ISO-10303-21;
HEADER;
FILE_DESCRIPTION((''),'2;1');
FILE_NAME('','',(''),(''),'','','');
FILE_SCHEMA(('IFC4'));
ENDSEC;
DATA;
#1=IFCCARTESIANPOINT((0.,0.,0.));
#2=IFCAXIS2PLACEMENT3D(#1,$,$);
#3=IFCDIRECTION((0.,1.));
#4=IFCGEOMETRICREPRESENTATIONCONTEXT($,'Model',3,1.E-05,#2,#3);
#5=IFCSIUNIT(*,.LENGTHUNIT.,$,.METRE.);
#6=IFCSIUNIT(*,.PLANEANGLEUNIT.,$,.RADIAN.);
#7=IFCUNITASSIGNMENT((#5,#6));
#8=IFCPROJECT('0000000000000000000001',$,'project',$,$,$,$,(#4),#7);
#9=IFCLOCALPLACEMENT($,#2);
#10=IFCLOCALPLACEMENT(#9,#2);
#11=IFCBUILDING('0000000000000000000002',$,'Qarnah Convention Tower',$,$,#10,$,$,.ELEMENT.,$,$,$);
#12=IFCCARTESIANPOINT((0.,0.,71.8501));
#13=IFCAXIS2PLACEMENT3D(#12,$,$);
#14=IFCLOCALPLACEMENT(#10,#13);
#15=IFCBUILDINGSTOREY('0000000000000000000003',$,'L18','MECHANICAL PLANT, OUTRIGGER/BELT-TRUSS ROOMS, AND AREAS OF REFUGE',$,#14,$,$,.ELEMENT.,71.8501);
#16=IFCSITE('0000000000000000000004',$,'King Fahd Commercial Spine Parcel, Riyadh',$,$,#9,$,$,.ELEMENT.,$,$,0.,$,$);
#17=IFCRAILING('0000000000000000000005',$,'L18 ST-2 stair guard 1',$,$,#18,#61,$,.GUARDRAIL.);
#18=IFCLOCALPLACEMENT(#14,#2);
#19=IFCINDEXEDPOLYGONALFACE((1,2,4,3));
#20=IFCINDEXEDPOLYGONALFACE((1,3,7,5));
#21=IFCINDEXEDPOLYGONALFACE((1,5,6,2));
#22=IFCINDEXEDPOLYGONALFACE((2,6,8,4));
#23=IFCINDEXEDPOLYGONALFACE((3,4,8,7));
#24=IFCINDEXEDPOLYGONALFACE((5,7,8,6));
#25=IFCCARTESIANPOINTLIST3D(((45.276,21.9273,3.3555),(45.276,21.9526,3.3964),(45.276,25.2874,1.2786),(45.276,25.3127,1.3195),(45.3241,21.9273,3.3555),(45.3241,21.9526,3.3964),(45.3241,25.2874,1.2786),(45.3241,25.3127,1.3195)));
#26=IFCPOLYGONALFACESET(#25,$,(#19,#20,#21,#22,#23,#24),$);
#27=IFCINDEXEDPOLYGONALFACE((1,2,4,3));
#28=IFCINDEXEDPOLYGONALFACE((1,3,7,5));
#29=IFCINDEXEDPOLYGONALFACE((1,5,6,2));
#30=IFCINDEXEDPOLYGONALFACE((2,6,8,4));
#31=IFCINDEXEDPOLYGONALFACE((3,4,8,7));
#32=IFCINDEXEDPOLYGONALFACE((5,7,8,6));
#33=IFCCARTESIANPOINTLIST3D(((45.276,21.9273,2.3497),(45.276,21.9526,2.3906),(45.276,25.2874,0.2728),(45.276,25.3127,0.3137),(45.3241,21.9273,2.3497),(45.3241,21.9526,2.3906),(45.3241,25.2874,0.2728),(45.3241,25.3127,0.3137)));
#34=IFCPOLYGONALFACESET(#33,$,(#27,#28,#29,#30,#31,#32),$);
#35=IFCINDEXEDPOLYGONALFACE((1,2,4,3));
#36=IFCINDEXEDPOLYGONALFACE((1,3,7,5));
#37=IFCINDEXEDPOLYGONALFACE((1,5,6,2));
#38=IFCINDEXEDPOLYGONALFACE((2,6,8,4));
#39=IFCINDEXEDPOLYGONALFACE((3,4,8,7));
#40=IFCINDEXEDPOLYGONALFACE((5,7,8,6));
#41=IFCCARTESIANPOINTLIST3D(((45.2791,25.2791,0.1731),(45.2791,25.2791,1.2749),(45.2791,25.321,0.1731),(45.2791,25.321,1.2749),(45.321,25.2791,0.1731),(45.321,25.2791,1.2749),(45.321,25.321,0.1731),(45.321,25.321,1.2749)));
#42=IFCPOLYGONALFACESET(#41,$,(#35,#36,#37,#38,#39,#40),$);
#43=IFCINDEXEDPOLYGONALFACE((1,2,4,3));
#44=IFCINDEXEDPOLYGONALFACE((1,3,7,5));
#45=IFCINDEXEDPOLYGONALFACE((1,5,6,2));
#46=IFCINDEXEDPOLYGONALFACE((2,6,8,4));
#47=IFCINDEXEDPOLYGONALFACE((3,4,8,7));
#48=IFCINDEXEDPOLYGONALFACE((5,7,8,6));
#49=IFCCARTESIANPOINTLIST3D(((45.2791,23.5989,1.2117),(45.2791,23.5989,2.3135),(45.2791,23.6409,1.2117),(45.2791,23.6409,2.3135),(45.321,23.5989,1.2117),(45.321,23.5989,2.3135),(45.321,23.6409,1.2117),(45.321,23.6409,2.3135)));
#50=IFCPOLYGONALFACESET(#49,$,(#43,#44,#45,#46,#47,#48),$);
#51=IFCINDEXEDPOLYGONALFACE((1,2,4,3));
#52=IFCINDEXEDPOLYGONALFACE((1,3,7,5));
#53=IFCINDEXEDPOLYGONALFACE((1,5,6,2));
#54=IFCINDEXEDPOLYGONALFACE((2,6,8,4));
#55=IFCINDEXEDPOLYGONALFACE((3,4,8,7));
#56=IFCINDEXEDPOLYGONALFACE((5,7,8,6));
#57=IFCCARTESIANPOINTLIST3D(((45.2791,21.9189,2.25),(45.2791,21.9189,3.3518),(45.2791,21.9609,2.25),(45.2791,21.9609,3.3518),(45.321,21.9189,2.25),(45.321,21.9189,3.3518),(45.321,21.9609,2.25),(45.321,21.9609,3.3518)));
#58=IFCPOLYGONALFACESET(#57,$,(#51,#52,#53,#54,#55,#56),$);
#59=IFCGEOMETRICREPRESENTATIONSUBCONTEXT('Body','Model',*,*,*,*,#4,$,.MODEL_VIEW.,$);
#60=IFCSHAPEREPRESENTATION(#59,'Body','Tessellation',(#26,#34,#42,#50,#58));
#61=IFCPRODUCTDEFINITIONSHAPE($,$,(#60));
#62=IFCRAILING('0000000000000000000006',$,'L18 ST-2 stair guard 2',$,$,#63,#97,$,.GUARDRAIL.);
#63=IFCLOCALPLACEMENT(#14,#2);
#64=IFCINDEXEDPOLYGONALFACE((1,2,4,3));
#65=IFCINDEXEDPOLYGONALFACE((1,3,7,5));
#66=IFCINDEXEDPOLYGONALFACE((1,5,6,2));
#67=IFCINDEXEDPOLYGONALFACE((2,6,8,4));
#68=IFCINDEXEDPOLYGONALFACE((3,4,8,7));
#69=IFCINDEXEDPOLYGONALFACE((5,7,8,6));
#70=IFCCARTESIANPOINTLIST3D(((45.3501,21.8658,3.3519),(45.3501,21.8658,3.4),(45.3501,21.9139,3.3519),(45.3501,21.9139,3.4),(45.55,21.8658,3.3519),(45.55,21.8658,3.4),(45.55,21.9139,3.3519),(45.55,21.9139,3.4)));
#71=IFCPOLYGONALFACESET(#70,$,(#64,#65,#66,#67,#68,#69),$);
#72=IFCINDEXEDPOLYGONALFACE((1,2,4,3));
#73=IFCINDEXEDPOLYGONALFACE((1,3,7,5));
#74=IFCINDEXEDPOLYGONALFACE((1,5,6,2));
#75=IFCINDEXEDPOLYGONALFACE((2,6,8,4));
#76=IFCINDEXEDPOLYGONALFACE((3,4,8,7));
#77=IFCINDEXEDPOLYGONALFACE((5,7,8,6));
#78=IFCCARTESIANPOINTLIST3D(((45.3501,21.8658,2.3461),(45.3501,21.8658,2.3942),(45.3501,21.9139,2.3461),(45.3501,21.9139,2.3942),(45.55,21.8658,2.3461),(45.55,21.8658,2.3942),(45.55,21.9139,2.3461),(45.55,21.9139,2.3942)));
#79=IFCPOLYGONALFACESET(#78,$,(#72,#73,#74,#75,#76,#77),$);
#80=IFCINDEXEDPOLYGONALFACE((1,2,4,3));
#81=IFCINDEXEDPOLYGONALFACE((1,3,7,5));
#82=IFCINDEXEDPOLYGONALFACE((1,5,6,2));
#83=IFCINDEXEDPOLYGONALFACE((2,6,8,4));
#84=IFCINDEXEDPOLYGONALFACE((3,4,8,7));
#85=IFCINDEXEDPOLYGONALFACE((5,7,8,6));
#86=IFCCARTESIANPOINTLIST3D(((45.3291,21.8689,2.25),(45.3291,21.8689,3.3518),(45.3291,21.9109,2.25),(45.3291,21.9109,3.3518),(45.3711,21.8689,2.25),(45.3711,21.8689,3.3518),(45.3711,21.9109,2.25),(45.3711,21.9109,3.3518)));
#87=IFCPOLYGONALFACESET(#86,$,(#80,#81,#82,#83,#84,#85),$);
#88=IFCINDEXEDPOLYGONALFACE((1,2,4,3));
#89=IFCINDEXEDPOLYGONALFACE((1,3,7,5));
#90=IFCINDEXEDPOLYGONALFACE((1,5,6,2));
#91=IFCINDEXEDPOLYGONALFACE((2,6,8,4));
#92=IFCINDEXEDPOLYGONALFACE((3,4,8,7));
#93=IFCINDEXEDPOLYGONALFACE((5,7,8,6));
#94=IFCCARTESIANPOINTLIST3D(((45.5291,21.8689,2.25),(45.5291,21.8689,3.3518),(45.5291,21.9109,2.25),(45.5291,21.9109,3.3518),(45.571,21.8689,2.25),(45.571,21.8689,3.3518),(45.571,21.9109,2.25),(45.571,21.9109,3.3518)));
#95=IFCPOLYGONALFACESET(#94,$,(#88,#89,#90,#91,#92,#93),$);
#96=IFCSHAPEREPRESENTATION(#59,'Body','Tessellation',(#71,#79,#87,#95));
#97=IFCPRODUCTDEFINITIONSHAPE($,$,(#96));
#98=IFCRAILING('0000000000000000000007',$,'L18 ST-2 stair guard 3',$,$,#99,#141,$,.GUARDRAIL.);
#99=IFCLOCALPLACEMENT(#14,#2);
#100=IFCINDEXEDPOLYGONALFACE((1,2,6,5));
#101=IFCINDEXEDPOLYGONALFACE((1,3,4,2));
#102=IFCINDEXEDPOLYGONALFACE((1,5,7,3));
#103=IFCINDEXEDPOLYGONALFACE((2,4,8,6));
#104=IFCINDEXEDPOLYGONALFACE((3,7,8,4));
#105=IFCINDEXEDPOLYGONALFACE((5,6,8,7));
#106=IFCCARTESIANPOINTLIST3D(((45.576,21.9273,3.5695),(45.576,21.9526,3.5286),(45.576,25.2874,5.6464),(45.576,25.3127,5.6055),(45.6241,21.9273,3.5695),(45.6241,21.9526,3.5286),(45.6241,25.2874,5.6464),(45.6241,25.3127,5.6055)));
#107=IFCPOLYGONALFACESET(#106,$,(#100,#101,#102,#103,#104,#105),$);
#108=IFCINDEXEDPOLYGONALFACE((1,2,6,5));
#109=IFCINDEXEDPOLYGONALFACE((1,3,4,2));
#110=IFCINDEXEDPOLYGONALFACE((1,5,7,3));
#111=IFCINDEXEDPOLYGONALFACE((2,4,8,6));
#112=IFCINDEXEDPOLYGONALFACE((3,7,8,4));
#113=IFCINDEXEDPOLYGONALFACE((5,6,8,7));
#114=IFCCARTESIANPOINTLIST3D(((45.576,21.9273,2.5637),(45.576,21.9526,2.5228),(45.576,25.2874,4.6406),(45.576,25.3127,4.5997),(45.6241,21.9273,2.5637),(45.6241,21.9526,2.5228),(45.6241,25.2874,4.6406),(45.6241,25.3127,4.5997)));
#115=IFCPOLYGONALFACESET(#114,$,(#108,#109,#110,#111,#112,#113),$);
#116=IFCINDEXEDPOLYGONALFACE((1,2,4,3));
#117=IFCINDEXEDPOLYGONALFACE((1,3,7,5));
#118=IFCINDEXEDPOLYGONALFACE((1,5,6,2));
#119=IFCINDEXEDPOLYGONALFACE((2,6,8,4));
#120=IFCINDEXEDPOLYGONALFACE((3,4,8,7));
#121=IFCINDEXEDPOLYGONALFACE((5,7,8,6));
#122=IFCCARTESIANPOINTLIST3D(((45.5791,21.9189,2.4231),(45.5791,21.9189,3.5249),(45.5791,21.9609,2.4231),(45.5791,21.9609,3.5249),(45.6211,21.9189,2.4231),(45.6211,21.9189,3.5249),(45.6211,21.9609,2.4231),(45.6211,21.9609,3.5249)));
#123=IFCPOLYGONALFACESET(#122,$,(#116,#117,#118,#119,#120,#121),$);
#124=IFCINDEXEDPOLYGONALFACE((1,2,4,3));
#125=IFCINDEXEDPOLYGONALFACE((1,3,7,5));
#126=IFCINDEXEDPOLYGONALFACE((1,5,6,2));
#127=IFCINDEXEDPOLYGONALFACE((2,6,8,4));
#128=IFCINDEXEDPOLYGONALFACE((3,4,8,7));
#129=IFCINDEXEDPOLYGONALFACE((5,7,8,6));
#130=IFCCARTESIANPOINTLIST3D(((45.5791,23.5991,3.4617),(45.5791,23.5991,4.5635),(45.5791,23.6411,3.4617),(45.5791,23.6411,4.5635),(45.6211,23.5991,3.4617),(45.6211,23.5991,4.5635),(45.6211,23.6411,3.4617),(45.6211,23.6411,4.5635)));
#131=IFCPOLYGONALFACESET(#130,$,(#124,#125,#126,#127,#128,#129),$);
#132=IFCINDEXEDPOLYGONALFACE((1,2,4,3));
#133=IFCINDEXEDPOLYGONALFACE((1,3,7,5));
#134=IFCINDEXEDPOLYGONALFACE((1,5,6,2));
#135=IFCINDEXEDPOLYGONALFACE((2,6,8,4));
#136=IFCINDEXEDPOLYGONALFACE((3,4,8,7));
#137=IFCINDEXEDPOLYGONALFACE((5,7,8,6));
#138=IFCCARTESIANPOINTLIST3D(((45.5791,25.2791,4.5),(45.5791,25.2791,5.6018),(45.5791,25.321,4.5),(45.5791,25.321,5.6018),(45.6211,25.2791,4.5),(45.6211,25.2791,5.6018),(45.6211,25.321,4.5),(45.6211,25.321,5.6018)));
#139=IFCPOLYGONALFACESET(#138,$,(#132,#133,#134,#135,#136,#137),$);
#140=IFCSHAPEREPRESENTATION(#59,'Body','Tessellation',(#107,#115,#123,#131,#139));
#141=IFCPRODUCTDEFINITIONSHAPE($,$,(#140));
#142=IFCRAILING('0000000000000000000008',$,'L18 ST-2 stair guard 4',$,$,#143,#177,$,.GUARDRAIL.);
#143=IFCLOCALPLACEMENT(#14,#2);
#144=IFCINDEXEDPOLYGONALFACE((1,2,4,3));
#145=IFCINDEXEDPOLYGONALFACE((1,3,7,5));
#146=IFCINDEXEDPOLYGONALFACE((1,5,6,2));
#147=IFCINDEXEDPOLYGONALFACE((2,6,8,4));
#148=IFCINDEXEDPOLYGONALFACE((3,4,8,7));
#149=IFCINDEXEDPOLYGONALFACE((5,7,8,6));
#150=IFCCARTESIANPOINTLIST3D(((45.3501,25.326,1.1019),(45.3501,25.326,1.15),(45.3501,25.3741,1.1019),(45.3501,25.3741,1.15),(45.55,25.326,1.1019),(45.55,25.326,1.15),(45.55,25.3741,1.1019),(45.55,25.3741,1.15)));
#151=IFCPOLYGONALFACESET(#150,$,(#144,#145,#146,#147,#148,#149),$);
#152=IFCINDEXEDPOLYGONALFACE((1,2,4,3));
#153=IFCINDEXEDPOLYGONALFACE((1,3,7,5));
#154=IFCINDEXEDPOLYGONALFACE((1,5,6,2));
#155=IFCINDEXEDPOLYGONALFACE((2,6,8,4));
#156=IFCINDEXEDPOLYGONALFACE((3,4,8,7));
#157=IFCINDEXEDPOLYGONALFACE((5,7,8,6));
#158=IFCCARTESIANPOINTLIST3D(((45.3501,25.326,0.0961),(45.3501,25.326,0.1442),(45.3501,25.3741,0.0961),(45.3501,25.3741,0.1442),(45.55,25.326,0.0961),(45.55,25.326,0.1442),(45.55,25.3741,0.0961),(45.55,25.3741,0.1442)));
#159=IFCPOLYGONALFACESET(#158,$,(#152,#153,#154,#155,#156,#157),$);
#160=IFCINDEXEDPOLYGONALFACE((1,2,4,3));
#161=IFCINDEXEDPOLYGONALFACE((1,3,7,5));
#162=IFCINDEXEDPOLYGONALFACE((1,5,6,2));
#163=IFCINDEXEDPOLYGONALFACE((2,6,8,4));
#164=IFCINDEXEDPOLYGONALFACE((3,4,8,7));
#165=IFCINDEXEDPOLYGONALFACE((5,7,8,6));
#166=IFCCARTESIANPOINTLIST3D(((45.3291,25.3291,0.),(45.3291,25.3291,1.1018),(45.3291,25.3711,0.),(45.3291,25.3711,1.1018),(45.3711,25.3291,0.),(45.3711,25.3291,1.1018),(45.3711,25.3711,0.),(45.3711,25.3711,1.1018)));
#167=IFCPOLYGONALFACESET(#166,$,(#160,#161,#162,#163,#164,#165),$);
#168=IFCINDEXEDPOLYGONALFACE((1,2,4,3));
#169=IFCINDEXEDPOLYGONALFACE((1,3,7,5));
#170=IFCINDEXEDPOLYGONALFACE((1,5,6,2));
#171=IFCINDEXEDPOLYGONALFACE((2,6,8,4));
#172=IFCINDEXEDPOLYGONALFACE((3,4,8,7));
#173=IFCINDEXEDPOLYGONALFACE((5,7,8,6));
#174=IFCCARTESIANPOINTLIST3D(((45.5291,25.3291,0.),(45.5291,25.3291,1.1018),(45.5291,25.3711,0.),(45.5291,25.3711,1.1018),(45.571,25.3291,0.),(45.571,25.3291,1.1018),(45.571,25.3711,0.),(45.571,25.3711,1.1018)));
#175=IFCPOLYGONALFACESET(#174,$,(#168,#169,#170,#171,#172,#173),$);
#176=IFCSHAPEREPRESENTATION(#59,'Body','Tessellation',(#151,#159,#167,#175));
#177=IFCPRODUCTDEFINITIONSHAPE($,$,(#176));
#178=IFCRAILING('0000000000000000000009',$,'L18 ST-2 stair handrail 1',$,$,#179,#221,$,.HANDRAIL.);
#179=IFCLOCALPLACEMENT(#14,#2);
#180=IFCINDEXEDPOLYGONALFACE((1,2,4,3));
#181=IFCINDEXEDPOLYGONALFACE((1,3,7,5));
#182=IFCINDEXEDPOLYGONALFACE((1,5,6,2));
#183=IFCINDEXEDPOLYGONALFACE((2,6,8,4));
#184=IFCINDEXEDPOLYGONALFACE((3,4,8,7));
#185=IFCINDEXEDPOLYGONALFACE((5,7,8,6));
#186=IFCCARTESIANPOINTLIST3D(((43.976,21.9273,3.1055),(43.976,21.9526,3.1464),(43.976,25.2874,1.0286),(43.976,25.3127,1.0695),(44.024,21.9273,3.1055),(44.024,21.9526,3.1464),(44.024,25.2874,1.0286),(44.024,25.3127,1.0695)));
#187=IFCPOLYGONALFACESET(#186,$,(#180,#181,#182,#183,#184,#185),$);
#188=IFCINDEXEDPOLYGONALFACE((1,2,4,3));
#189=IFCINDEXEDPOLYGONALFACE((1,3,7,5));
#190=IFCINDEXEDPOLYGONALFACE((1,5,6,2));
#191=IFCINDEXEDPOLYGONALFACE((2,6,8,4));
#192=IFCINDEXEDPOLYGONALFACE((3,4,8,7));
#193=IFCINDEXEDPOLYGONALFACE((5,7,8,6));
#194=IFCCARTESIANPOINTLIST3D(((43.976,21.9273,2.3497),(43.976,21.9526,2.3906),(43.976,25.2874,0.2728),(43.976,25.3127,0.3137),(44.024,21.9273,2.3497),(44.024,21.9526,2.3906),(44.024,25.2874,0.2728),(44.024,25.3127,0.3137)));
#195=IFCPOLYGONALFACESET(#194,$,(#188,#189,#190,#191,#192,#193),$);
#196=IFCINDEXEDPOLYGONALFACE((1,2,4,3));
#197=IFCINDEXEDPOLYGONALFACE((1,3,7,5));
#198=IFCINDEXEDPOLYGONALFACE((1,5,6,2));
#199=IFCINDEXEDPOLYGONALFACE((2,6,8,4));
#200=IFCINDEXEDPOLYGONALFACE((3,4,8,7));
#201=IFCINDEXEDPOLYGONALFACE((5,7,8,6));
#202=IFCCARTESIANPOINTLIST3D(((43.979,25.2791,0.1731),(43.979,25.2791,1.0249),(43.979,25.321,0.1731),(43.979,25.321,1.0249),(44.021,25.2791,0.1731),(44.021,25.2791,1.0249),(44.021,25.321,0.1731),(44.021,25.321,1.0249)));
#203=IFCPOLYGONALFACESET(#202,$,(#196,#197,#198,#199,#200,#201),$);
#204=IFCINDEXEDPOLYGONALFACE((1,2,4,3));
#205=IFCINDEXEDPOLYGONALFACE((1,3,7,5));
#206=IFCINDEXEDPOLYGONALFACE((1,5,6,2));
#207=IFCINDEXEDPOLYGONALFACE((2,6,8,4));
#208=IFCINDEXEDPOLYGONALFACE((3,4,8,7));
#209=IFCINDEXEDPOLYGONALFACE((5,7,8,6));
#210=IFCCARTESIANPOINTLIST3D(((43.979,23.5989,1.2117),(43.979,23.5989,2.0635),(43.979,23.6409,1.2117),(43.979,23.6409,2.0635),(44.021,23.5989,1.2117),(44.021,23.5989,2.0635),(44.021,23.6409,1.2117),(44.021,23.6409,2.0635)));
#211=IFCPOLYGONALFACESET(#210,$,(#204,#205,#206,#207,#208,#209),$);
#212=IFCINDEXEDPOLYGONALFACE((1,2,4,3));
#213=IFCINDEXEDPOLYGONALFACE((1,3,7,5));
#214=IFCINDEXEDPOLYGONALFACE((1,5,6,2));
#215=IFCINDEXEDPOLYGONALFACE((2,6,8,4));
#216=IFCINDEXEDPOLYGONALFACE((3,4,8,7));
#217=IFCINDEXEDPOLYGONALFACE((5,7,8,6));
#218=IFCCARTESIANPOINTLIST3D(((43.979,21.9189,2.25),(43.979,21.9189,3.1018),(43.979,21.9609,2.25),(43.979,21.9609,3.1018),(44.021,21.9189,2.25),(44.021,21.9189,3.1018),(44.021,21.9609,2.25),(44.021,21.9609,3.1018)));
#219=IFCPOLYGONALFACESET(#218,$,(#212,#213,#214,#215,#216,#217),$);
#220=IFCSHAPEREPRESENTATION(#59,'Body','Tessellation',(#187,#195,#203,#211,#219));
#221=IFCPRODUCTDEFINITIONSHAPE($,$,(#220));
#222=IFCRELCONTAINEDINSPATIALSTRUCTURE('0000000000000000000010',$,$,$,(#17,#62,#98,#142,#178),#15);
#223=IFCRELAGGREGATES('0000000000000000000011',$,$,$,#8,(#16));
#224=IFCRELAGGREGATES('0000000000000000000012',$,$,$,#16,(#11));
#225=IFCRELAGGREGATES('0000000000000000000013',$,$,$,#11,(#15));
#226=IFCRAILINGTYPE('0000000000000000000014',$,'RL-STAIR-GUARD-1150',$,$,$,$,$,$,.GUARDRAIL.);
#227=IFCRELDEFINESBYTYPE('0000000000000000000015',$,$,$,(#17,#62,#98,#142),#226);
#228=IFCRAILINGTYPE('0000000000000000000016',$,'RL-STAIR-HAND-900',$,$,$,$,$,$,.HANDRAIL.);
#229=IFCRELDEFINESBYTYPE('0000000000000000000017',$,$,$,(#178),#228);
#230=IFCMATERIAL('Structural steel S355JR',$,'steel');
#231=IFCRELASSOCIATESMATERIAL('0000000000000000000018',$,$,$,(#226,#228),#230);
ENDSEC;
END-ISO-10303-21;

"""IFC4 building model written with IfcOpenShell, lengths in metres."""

from ifc_helpers import new_model, si_unit, direction, frame, origin, origin_2d, place, context, subcontext, project, spatial, rectangle, extrude, material, type_object, element, save


model = new_model("IFC4")

# Units and contexts
model_context = context("Model", 3, precision=1e-05, world=origin(), true_north=direction((0.0, 1.0)))
body_context = subcontext(model_context, "Body", "Model", "MODEL_VIEW")
ifc_project = project(units=[si_unit("LENGTHUNIT", "METRE"), si_unit("PLANEANGLEUNIT", "RADIAN")], contexts=[model_context])

# Site, building, storey
site_placement = place(None, origin())
site = spatial("IfcSite", under=ifc_project, at=site_placement, Name="King Fahd Commercial Spine Parcel, Riyadh", CompositionType="ELEMENT", RefElevation=0.0)
building_placement = place(site_placement, origin())
building = spatial("IfcBuilding", under=site, at=building_placement, Name="Qarnah Convention Tower", CompositionType="ELEMENT")
storey_placement = place(building_placement, frame((0.0, 0.0, 71.8501)))
storey = spatial("IfcBuildingStorey", under=building, at=storey_placement, Name="L18", Description="MECHANICAL PLANT, OUTRIGGER/BELT-TRUSS ROOMS, AND AREAS OF REFUGE", CompositionType="ELEMENT", Elevation=71.8501)

# Shared definitions
ifc_material_1 = material(Name="Structural steel S355JR", Category="steel")

# Railings
railing_type_1 = type_object("IfcRailingType", Name="RL-STAIR-GUARD-1150", PredefinedType="GUARDRAIL", material=ifc_material_1)
railing_1_placement = place(storey_placement, frame((45.3, 25.3, 0.1731)))
element("IfcRailing", 1, at=railing_1_placement, inside=storey, type_object=railing_type_1, Name="L18 ST-2 stair guard 1", PredefinedType="GUARDRAIL", context=body_context, shape_type="SweptSolid", body=[
    extrude(rectangle(XDim=0.0481, YDim=0.0481, at=origin_2d()), frame((0.0, 0.0, 1.126), z_axis=(0.0, -0.850623, 0.525776), x_axis=(1.0, 0.0, 0.0)), (0.0, 0.0, 1.0), 3.9502),
    extrude(rectangle(XDim=0.0481, YDim=0.0481, at=origin_2d()), frame((0.0, 0.0, 0.1201), z_axis=(0.0, -0.850623, 0.525776), x_axis=(1.0, 0.0, 0.0)), (0.0, 0.0, 1.0), 3.9502),
    extrude(rectangle(XDim=0.042, YDim=0.042, at=origin_2d()), origin(), (0.0, 0.0, 1.0), 1.1018),
    extrude(rectangle(XDim=0.042, YDim=0.042, at=origin_2d()), frame((0.0, -1.6802, 1.0386)), (0.0, 0.0, 1.0), 1.1018),
    extrude(rectangle(XDim=0.042, YDim=0.042, at=origin_2d()), frame((0.0, -3.3601, 2.0769)), (0.0, 0.0, 1.0), 1.1018),
])
railing_2_placement = place(storey_placement, frame((45.3501, 21.8899, 2.25)))
element("IfcRailing", 2, at=railing_2_placement, inside=storey, type_object=railing_type_1, Name="L18 ST-2 stair guard 2", PredefinedType="GUARDRAIL", context=body_context, shape_type="SweptSolid", body=[
    extrude(rectangle(XDim=0.0481, YDim=0.0481, at=origin_2d()), frame((0.0, 0.0, 1.126), z_axis=(1.0, 0.0, 0.0), x_axis=(0.0, 1.0, 0.0)), (0.0, 0.0, 1.0), 0.2),
    extrude(rectangle(XDim=0.0481, YDim=0.0481, at=origin_2d()), frame((0.0, 0.0, 0.1201), z_axis=(1.0, 0.0, 0.0), x_axis=(0.0, 1.0, 0.0)), (0.0, 0.0, 1.0), 0.2),
    extrude(rectangle(XDim=0.042, YDim=0.042, at=origin_2d()), origin(), (0.0, 0.0, 1.0), 1.1018),
    extrude(rectangle(XDim=0.042, YDim=0.042, at=origin_2d()), frame((0.2, 0.0, 0.0)), (0.0, 0.0, 1.0), 1.1018),
])
railing_3_placement = place(storey_placement, frame((45.6001, 21.9399, 2.4231)))
element("IfcRailing", 3, at=railing_3_placement, inside=storey, type_object=railing_type_1, Name="L18 ST-2 stair guard 3", PredefinedType="GUARDRAIL", context=body_context, shape_type="SweptSolid", body=[
    extrude(rectangle(XDim=0.0481, YDim=0.0481, at=origin_2d()), frame((0.0, 0.0, 1.126), z_axis=(0.0, 0.850623, 0.525776), x_axis=(-1.0, 0.0, 0.0)), (0.0, 0.0, 1.0), 3.9502),
    extrude(rectangle(XDim=0.0481, YDim=0.0481, at=origin_2d()), frame((0.0, 0.0, 0.1201), z_axis=(0.0, 0.850623, 0.525776), x_axis=(-1.0, 0.0, 0.0)), (0.0, 0.0, 1.0), 3.9502),
    extrude(rectangle(XDim=0.042, YDim=0.042, at=origin_2d()), origin(), (0.0, 0.0, 1.0), 1.1018),
    extrude(rectangle(XDim=0.042, YDim=0.042, at=origin_2d()), frame((0.0, 1.6802, 1.0386)), (0.0, 0.0, 1.0), 1.1018),
    extrude(rectangle(XDim=0.042, YDim=0.042, at=origin_2d()), frame((0.0, 3.3601, 2.0769)), (0.0, 0.0, 1.0), 1.1018),
])
railing_4_placement = place(storey_placement, frame((45.3501, 25.3501, 0.0)))
element("IfcRailing", 4, at=railing_4_placement, inside=storey, type_object=railing_type_1, Name="L18 ST-2 stair guard 4", PredefinedType="GUARDRAIL", context=body_context, shape_type="SweptSolid", body=[
    extrude(rectangle(XDim=0.0481, YDim=0.0481, at=origin_2d()), frame((0.0, 0.0, 1.126), z_axis=(1.0, 0.0, 0.0), x_axis=(0.0, 1.0, 0.0)), (0.0, 0.0, 1.0), 0.2),
    extrude(rectangle(XDim=0.0481, YDim=0.0481, at=origin_2d()), frame((0.0, 0.0, 0.1201), z_axis=(1.0, 0.0, 0.0), x_axis=(0.0, 1.0, 0.0)), (0.0, 0.0, 1.0), 0.2),
    extrude(rectangle(XDim=0.042, YDim=0.042, at=origin_2d()), origin(), (0.0, 0.0, 1.0), 1.1018),
    extrude(rectangle(XDim=0.042, YDim=0.042, at=origin_2d()), frame((0.2, 0.0, 0.0)), (0.0, 0.0, 1.0), 1.1018),
])
railing_type_2 = type_object("IfcRailingType", Name="RL-STAIR-HAND-900", PredefinedType="HANDRAIL", material=ifc_material_1)
railing_5_placement = place(storey_placement, frame((44.0, 25.3, 0.1731)))
element("IfcRailing", 5, at=railing_5_placement, inside=storey, type_object=railing_type_2, Name="L18 ST-2 stair handrail 1", PredefinedType="HANDRAIL", context=body_context, shape_type="SweptSolid", body=[
    extrude(rectangle(XDim=0.0481, YDim=0.0481, at=origin_2d()), frame((0.0, 0.0, 0.876), z_axis=(0.0, -0.850623, 0.525776), x_axis=(1.0, 0.0, 0.0)), (0.0, 0.0, 1.0), 3.9502),
    extrude(rectangle(XDim=0.0481, YDim=0.0481, at=origin_2d()), frame((0.0, 0.0, 0.1201), z_axis=(0.0, -0.850623, 0.525776), x_axis=(1.0, 0.0, 0.0)), (0.0, 0.0, 1.0), 3.9502),
    extrude(rectangle(XDim=0.042, YDim=0.042, at=origin_2d()), origin(), (0.0, 0.0, 1.0), 0.8518),
    extrude(rectangle(XDim=0.042, YDim=0.042, at=origin_2d()), frame((0.0, -1.6802, 1.0386)), (0.0, 0.0, 1.0), 0.8518),
    extrude(rectangle(XDim=0.042, YDim=0.042, at=origin_2d()), frame((0.0, -3.3601, 2.0769)), (0.0, 0.0, 1.0), 0.8518),
])

save(model, "model.ifc")
